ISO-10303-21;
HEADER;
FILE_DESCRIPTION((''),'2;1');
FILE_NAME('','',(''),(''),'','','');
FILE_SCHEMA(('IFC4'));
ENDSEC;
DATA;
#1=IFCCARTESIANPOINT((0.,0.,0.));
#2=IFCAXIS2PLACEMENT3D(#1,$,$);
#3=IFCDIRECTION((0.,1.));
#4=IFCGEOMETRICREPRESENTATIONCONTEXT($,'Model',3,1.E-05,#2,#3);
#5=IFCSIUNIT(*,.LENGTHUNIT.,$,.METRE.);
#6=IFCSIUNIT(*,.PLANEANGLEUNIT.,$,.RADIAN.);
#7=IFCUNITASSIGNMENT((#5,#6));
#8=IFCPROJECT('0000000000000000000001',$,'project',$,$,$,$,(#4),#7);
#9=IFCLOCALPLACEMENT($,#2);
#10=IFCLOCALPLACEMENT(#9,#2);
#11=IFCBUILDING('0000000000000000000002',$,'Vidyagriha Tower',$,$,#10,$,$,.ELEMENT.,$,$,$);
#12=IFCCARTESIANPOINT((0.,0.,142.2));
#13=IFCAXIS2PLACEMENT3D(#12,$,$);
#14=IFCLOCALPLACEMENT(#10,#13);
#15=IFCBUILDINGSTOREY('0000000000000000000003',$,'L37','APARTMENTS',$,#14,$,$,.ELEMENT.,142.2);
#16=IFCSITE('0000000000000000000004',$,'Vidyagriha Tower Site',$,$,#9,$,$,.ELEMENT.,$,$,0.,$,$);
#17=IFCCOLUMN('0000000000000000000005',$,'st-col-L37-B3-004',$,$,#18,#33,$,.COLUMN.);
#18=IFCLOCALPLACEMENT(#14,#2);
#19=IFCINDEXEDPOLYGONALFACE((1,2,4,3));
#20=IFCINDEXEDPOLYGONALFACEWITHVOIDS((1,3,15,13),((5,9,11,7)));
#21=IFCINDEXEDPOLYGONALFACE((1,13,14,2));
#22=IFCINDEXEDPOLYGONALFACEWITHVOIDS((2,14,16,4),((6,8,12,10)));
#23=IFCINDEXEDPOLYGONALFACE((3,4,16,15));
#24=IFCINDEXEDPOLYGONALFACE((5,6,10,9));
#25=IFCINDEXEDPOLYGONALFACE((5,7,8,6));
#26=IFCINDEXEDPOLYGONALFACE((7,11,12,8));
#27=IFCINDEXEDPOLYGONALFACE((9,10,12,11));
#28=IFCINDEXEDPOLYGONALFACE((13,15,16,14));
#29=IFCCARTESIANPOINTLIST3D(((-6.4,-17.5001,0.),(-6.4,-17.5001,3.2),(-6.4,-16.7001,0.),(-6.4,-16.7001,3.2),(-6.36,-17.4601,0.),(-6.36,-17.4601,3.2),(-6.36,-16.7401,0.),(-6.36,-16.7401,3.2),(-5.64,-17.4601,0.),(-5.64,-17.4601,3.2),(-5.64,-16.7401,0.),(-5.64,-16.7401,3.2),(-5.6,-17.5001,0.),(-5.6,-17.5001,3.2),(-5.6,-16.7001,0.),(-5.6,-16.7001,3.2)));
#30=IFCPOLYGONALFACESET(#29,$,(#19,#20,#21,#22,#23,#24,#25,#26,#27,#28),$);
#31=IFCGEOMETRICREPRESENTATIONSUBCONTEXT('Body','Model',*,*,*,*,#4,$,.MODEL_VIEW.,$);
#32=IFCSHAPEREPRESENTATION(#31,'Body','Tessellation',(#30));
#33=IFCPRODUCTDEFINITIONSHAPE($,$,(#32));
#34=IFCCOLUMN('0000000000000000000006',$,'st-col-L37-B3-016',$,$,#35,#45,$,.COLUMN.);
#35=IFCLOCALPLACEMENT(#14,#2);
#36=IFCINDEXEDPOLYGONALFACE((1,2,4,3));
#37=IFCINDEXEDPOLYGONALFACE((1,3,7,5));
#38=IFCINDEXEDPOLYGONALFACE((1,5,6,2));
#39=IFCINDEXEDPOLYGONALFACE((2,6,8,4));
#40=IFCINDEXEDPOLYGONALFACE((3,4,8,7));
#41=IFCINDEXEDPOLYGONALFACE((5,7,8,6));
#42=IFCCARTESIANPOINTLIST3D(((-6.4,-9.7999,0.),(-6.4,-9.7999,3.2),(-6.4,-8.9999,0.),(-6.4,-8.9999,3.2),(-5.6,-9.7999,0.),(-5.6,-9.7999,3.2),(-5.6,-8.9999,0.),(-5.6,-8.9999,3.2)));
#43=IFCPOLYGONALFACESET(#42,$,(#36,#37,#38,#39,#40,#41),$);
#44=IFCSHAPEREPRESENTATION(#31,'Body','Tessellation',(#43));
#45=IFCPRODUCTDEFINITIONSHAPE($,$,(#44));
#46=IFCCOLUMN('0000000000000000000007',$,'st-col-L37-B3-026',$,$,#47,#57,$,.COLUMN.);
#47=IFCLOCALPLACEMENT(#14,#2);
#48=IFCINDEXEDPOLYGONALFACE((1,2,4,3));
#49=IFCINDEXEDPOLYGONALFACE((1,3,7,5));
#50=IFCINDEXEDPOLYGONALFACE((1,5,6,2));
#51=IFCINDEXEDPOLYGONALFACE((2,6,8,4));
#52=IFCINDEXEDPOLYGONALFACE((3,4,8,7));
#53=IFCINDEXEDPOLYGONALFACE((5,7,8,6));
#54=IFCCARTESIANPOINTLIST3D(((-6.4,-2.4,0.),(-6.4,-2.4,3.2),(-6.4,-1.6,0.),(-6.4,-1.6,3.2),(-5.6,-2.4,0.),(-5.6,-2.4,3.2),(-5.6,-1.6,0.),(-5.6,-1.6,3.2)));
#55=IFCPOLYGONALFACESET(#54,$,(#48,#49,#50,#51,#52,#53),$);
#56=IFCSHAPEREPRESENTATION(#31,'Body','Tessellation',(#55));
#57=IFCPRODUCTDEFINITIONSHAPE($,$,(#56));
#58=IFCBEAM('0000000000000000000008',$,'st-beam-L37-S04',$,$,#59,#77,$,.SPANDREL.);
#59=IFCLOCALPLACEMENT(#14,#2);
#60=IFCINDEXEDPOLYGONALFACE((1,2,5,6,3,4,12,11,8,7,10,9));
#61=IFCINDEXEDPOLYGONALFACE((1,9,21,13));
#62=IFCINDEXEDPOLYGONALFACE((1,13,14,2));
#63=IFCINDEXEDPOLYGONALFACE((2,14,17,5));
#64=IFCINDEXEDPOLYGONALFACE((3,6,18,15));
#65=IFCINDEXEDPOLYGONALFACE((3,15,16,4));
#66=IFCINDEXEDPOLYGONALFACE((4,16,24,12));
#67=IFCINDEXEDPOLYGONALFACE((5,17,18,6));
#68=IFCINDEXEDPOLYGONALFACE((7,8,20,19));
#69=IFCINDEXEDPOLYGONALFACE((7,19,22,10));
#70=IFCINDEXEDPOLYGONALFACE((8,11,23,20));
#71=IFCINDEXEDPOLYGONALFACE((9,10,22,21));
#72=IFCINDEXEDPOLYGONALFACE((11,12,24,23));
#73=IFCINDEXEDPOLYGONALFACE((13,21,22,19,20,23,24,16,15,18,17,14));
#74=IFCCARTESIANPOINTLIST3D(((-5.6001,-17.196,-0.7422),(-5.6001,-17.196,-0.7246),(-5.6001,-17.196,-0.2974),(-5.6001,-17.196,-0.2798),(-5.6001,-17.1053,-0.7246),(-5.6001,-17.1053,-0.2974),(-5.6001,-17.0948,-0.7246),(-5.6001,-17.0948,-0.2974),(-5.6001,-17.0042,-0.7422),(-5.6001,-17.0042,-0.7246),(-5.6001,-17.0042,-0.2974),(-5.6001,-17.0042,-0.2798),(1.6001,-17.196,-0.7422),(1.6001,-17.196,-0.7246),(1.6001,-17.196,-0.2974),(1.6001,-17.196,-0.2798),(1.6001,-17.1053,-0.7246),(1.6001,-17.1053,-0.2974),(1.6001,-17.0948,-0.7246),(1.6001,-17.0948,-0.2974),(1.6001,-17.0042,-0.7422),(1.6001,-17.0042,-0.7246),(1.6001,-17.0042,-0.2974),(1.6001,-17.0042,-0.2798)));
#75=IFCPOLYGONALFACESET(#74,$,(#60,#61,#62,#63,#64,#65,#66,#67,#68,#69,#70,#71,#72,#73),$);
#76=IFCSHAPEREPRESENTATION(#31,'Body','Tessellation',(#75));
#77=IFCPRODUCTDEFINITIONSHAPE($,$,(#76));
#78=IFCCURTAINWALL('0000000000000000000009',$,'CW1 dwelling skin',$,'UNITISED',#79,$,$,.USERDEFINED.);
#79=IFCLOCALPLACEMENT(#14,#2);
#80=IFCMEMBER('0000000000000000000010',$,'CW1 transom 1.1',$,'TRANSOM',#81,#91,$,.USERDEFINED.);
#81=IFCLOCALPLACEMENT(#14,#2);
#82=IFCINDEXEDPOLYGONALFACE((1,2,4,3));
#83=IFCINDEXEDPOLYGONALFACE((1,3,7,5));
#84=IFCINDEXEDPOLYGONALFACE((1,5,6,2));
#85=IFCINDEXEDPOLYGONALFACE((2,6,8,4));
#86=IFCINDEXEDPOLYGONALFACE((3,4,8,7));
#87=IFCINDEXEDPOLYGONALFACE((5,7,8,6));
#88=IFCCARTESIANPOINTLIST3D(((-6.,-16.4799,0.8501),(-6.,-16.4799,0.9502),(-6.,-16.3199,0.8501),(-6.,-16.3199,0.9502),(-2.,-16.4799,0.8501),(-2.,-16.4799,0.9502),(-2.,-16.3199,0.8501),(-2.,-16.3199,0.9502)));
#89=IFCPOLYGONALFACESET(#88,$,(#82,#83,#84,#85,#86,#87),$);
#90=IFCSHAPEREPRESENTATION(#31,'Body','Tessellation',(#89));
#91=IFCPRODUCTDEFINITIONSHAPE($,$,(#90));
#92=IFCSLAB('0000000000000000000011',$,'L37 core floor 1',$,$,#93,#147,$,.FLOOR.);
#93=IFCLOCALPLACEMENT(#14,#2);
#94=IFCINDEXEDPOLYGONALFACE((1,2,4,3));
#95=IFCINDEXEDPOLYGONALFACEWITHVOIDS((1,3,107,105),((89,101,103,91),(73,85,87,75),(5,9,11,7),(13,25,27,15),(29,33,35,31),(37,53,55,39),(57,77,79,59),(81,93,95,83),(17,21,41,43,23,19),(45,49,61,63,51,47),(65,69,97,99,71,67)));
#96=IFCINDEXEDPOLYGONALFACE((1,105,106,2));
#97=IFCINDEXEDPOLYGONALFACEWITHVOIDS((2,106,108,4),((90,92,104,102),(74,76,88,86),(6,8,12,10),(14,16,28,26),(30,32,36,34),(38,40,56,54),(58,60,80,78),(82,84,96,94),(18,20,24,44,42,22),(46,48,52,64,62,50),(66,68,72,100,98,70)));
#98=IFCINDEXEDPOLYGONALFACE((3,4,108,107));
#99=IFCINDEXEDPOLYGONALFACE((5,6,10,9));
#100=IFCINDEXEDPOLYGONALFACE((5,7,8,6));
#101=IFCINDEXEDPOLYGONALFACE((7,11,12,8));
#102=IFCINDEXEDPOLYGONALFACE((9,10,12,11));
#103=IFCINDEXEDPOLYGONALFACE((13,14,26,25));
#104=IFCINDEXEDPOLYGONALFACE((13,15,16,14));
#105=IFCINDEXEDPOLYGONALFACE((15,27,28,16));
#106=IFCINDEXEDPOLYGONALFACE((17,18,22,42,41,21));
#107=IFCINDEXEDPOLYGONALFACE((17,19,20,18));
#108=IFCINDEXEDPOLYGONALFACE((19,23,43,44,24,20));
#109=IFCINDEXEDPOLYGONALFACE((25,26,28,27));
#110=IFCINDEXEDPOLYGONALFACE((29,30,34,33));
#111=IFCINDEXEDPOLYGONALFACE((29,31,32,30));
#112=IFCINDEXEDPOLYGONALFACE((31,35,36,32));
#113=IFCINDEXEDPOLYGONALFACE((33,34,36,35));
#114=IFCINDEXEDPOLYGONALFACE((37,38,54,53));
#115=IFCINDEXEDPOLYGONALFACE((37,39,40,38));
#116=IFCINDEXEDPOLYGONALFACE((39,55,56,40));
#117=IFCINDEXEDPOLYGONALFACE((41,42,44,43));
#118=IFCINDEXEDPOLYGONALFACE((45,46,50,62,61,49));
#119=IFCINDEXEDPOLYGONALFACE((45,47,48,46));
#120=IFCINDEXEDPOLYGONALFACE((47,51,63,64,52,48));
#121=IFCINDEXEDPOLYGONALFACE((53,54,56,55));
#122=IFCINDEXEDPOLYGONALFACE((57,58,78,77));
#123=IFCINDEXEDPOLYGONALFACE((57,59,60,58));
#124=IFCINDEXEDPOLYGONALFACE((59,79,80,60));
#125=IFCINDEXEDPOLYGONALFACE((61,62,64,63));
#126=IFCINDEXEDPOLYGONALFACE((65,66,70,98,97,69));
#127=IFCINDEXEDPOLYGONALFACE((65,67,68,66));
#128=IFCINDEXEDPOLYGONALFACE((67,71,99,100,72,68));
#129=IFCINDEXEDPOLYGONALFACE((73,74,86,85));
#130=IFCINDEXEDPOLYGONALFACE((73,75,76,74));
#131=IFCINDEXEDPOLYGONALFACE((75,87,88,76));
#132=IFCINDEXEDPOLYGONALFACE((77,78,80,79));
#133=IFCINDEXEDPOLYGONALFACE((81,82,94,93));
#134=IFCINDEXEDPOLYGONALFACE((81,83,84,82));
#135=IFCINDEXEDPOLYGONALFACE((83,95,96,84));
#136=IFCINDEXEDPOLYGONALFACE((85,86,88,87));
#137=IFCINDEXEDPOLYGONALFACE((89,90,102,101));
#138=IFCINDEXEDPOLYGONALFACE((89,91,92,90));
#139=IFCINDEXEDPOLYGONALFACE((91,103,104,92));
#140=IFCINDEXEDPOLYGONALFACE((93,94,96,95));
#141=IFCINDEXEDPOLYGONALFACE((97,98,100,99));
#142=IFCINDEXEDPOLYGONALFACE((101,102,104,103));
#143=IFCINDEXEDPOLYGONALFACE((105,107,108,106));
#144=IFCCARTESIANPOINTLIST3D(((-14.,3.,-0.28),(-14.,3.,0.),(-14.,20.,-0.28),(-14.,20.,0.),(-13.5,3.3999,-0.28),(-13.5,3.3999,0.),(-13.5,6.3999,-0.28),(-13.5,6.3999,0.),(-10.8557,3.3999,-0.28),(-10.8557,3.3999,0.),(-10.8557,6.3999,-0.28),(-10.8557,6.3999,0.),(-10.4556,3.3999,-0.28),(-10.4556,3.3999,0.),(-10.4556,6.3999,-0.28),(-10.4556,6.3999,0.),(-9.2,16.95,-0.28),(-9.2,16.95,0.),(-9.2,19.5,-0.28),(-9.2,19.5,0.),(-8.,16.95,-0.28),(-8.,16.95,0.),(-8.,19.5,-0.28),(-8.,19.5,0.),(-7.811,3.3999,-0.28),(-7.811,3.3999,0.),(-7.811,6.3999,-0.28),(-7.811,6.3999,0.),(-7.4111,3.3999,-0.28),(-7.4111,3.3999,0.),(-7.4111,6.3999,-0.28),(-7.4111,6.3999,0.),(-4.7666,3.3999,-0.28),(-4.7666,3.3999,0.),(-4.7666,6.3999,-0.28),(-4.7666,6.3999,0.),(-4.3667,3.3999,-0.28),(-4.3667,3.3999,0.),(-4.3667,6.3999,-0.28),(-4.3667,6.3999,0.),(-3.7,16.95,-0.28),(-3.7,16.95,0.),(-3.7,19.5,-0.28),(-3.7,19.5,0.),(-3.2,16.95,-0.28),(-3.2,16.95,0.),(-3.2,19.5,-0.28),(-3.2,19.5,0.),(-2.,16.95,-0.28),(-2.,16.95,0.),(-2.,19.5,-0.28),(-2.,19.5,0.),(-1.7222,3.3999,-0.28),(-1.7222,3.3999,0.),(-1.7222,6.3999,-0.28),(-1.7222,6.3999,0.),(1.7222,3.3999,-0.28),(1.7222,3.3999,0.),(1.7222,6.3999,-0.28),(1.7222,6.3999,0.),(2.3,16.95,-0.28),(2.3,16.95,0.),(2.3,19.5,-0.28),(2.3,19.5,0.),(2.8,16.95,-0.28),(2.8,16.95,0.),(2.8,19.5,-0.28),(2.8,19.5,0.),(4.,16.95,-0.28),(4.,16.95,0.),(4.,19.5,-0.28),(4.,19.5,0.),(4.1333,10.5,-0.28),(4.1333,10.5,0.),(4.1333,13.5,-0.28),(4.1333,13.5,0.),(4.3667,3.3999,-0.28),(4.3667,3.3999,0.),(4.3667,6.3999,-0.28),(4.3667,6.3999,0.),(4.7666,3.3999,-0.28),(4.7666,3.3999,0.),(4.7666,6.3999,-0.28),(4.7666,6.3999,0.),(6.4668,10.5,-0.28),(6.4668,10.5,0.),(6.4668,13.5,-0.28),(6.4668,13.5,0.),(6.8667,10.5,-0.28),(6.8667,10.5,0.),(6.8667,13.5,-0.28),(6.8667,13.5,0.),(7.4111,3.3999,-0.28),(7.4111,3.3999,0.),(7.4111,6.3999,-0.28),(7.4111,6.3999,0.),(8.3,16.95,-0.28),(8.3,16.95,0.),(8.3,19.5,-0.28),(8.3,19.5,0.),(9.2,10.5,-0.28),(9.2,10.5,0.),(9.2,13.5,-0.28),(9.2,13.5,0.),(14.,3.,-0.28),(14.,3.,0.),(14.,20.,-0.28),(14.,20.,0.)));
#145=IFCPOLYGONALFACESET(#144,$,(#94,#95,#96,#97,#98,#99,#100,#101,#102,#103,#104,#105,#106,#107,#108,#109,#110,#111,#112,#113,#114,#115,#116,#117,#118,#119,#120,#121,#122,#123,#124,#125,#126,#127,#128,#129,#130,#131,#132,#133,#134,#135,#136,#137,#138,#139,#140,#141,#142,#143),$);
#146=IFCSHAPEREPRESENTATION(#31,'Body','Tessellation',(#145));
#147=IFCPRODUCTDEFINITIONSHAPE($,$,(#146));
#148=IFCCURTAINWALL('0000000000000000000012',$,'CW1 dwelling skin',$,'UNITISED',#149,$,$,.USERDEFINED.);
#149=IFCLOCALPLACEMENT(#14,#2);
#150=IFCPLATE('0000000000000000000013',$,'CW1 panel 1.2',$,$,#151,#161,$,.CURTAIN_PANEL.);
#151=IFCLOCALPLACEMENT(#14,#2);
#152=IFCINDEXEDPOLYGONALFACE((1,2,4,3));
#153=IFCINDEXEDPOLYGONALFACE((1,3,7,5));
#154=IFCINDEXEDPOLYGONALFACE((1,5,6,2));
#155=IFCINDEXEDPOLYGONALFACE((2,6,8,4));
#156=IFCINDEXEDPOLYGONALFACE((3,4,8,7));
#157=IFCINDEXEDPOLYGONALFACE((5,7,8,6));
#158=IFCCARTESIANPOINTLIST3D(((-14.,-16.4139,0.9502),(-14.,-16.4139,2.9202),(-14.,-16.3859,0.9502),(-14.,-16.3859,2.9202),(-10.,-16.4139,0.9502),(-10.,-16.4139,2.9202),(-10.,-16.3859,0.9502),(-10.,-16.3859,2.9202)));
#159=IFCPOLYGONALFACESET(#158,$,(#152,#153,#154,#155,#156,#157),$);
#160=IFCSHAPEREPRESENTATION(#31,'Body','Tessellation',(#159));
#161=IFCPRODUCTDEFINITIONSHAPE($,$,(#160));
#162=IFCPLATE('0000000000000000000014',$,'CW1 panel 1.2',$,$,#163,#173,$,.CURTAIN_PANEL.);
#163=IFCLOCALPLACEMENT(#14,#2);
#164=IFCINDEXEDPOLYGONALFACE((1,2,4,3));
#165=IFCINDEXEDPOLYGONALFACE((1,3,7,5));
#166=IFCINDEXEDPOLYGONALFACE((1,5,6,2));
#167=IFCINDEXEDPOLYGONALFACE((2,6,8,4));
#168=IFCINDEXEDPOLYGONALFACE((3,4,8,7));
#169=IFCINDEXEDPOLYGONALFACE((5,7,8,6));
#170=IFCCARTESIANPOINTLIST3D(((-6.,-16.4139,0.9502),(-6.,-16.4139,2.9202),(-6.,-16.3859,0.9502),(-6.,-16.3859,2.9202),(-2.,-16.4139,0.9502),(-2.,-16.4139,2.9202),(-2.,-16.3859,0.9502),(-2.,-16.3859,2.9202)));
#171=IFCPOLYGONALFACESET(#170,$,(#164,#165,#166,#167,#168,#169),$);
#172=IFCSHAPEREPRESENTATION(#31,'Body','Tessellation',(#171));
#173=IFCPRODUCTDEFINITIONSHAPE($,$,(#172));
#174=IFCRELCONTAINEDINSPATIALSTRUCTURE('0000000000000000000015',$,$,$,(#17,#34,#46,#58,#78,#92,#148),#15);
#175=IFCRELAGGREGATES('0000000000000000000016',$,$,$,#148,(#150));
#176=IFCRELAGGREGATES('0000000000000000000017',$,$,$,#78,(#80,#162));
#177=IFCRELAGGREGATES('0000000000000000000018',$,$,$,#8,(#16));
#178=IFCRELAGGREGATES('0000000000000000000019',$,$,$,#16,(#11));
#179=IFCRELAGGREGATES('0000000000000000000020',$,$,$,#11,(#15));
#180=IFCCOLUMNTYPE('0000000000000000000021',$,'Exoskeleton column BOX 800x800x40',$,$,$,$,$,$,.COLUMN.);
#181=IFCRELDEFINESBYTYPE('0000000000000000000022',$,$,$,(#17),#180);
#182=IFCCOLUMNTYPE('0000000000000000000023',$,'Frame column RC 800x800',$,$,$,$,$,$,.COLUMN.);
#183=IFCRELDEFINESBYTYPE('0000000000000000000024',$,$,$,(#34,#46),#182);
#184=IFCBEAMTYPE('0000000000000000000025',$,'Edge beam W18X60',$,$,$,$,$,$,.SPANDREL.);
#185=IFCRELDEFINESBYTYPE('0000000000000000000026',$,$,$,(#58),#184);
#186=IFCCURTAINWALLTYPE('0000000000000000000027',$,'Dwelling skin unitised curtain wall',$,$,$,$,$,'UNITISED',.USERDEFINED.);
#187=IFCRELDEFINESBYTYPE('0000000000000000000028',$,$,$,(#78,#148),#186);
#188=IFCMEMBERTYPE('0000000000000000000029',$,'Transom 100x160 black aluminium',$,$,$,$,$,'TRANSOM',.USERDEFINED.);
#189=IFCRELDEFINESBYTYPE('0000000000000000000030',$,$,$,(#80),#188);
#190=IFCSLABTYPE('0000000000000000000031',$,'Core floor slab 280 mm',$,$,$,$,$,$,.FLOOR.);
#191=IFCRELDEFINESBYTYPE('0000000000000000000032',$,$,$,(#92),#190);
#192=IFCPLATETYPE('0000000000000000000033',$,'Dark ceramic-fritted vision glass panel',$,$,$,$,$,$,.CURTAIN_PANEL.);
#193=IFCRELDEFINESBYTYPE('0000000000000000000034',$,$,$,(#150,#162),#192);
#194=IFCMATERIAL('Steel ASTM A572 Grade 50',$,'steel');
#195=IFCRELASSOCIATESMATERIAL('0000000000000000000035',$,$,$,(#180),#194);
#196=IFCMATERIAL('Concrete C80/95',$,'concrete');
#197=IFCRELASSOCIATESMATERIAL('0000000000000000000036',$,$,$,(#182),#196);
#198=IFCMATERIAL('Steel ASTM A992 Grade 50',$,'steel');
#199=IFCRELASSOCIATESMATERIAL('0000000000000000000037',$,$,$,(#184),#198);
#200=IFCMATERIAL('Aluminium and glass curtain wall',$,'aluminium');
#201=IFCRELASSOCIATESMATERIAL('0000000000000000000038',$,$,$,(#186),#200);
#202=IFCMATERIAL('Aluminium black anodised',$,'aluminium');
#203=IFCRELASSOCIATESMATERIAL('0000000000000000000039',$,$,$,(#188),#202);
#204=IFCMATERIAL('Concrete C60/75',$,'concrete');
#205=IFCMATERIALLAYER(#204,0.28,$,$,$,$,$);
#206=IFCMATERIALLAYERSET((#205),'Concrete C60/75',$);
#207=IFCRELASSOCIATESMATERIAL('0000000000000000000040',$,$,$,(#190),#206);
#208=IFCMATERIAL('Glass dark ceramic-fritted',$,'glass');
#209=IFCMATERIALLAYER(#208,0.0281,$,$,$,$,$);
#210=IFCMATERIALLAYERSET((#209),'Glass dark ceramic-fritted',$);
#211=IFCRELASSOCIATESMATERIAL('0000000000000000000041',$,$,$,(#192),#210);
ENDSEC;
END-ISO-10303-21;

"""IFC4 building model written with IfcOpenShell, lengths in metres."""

from ifc_helpers import new_model, si_unit, direction, frame, origin, origin_2d, place, context, subcontext, project, spatial, polyline, rectangle, hollow_rectangle, i_section, outline, extrude, material, layer, layer_set, material_profile, profile_set, type_object, element, aggregate, save


model = new_model("IFC4")

# Units and contexts
model_context = context("Model", 3, precision=1e-05, world=origin(), true_north=direction((0.0, 1.0)))
body_context = subcontext(model_context, "Body", "Model", "MODEL_VIEW")
ifc_project = project(units=[si_unit("LENGTHUNIT", "METRE"), si_unit("PLANEANGLEUNIT", "RADIAN")], contexts=[model_context])

# Site, building, storey
site_placement = place(None, origin())
site = spatial("IfcSite", under=ifc_project, at=site_placement, Name="Vidyagriha Tower Site", CompositionType="ELEMENT", RefElevation=0.0)
building_placement = place(site_placement, origin())
building = spatial("IfcBuilding", under=site, at=building_placement, Name="Vidyagriha Tower", CompositionType="ELEMENT")
storey_placement = place(building_placement, frame((0.0, 0.0, 142.2)))
storey = spatial("IfcBuildingStorey", under=building, at=storey_placement, Name="L37", Description="APARTMENTS", CompositionType="ELEMENT", Elevation=142.2)

# Columns
ifc_material_1 = material(Name="Steel ASTM A572 Grade 50", Category="steel")
ifc_material_profile_1 = material_profile(ifc_material_1, hollow_rectangle(XDim=0.8, YDim=0.8, WallThickness=0.04, at=origin_2d()), Name="BOX 800x800x40")
ifc_profile_set_1 = profile_set([ifc_material_profile_1], Name="Steel ASTM A572 Grade 50")
column_type_1 = type_object("IfcColumnType", Name="Exoskeleton column BOX 800x800x40", PredefinedType="COLUMN", material=ifc_profile_set_1)
column_placement = place(storey_placement, frame((-6.0, -17.1001, 0.0)))
element("IfcColumn", 1, at=column_placement, inside=storey, type_object=column_type_1, Name="st-col-L37-B3-004", PredefinedType="COLUMN", context=body_context, shape_type="SweptSolid", body=[
    extrude(hollow_rectangle(XDim=0.8, YDim=0.8, WallThickness=0.04, at=origin_2d()), origin(), (0.0, 0.0, 1.0), 3.2),
])
ifc_material_2 = material(Name="Concrete C80/95", Category="concrete")
ifc_material_profile_2 = material_profile(ifc_material_2, rectangle(XDim=0.8, YDim=0.8, at=origin_2d()), Name="RC 800x800")
ifc_profile_set_2 = profile_set([ifc_material_profile_2], Name="Concrete C80/95")
column_type_2 = type_object("IfcColumnType", Name="Frame column RC 800x800", PredefinedType="COLUMN", material=ifc_profile_set_2)
for number, where, name in (
    (2, (-6.0, -9.3999, 0.0), "st-col-L37-B3-016"),
    (3, (-6.0, -2.0, 0.0), "st-col-L37-B3-026"),
):
    element("IfcColumn", number, at=place(storey_placement, frame(where)), inside=storey, type_object=column_type_2, Name=name, PredefinedType="COLUMN", context=body_context, shape_type="SweptSolid", body=[
        extrude(rectangle(XDim=0.8, YDim=0.8, at=origin_2d()), origin(), (0.0, 0.0, 1.0), 3.2),
    ])

# Beam
ifc_material_3 = material(Name="Steel ASTM A992 Grade 50", Category="steel")
ifc_material_profile_3 = material_profile(ifc_material_3, i_section(OverallWidth=0.1919, OverallDepth=0.4624, WebThickness=0.0105, FlangeThickness=0.0176, at=origin_2d()), Name="W18X60")
ifc_profile_set_3 = profile_set([ifc_material_profile_3], Name="Steel ASTM A992 Grade 50")
beam_type = type_object("IfcBeamType", Name="Edge beam W18X60", PredefinedType="SPANDREL", material=ifc_profile_set_3)
beam_placement = place(storey_placement, frame((-5.6001, -17.1001, -0.511), z_axis=(1.0, 0.0, 0.0), x_axis=(0.0, 1.0, 0.0)))
element("IfcBeam", 4, at=beam_placement, inside=storey, type_object=beam_type, Name="st-beam-L37-S04", PredefinedType="SPANDREL", context=body_context, shape_type="SweptSolid", body=[
    extrude(i_section(OverallWidth=0.1919, OverallDepth=0.4624, WebThickness=0.0105, FlangeThickness=0.0176, at=origin_2d()), origin(), (0.0, 0.0, 1.0), 7.2002),
])

# Curtain wall, member
ifc_material_4 = material(Name="Aluminium and glass curtain wall", Category="aluminium")
curtain_wall_type = type_object("IfcCurtainWallType", Name="Dwelling skin unitised curtain wall", ElementType="UNITISED", PredefinedType="USERDEFINED", material=ifc_material_4)
curtain_wall_1_placement = place(storey_placement, origin())
curtain_wall_1 = element("IfcCurtainWall", 5, at=curtain_wall_1_placement, inside=storey, type_object=curtain_wall_type, Name="CW1 dwelling skin", ObjectType="UNITISED", PredefinedType="USERDEFINED")
ifc_material_5 = material(Name="Aluminium black anodised", Category="aluminium")
ifc_material_profile_4 = material_profile(ifc_material_5, rectangle(XDim=0.1599, YDim=0.1001, at=origin_2d()), Name="Transom 100x160 black aluminium")
ifc_profile_set_4 = profile_set([ifc_material_profile_4], Name="Aluminium black anodised")
member_type = type_object("IfcMemberType", Name="Transom 100x160 black aluminium", ElementType="TRANSOM", PredefinedType="USERDEFINED", material=ifc_profile_set_4)
member_placement = place(storey_placement, frame((-6.0, -16.3999, 0.9001), z_axis=(1.0, 0.0, 0.0), x_axis=(0.0, 1.0, 0.0)))
member = element("IfcMember", 6, at=member_placement, type_object=member_type, Name="CW1 transom 1.1", ObjectType="TRANSOM", PredefinedType="USERDEFINED", context=body_context, shape_type="SweptSolid", body=[
    extrude(rectangle(XDim=0.1599, YDim=0.1001, at=origin_2d()), origin(), (0.0, 0.0, 1.0), 4.0),
])

# Slab
ifc_material_6 = material(Name="Concrete C60/75", Category="concrete")
ifc_layer_1 = layer(ifc_material_6, 0.28)
ifc_layer_set_1 = layer_set([ifc_layer_1], Name="Concrete C60/75")
slab_type_1 = type_object("IfcSlabType", Name="Core floor slab 280 mm", PredefinedType="FLOOR", material=ifc_layer_set_1)
slab_1_placement = place(storey_placement, frame((0.0, 0.0, -0.28)))
element("IfcSlab", 7, at=slab_1_placement, inside=storey, type_object=slab_type_1, Name="L37 core floor 1", PredefinedType="FLOOR", context=body_context, shape_type="SweptSolid", body=[
    extrude(outline(polyline([(-14.0, 3.0), (-14.0, 20.0), (14.0, 20.0), (14.0, 3.0), (-14.0, 3.0)]), holes=[polyline([(9.2, 13.5), (6.8667, 13.5), (6.8667, 10.5), (9.2, 10.5), (9.2, 13.5)]), polyline([(4.0, 19.5), (2.8, 19.5), (2.8, 16.95), (4.0, 16.95), (8.3, 16.95), (8.3, 19.5), (4.0, 19.5)]), polyline([(7.4111, 6.3999), (4.7666, 6.3999), (4.7666, 3.3999), (7.4111, 3.3999), (7.4111, 6.3999)]), polyline([(6.4668, 13.5), (4.1333, 13.5), (4.1333, 10.5), (6.4668, 10.5), (6.4668, 13.5)]), polyline([(1.7222, 6.3999), (1.7222, 3.3999), (4.3667, 3.3999), (4.3667, 6.3999), (1.7222, 6.3999)]), polyline([(-2.0, 16.95), (2.3, 16.95), (2.3, 19.5), (-2.0, 19.5), (-3.2, 19.5), (-3.2, 16.95), (-2.0, 16.95)]), polyline([(-1.7222, 6.3999), (-4.3667, 6.3999), (-4.3667, 3.3999), (-1.7222, 3.3999), (-1.7222, 6.3999)]), polyline([(-8.0, 19.5), (-9.2, 19.5), (-9.2, 16.95), (-8.0, 16.95), (-3.7, 16.95), (-3.7, 19.5), (-8.0, 19.5)]), polyline([(-4.7666, 6.3999), (-7.4111, 6.3999), (-7.4111, 3.3999), (-4.7666, 3.3999), (-4.7666, 6.3999)]), polyline([(-7.811, 6.3999), (-10.4556, 6.3999), (-10.4556, 3.3999), (-7.811, 3.3999), (-7.811, 6.3999)]), polyline([(-13.5, 6.3999), (-13.5, 3.3999), (-10.8557, 3.3999), (-10.8557, 6.3999), (-13.5, 6.3999)])]), origin(), (0.0, 0.0, 1.0), 0.28),
])

# Curtain wall, plate
curtain_wall_2_placement = place(storey_placement, origin())
curtain_wall_2 = element("IfcCurtainWall", 8, at=curtain_wall_2_placement, inside=storey, type_object=curtain_wall_type, Name="CW1 dwelling skin", ObjectType="UNITISED", PredefinedType="USERDEFINED")
ifc_material_7 = material(Name="Glass dark ceramic-fritted", Category="glass")
ifc_layer_2 = layer(ifc_material_7, 0.0281)
ifc_layer_set_2 = layer_set([ifc_layer_2], Name="Glass dark ceramic-fritted")
plate_type_1 = type_object("IfcPlateType", Name="Dark ceramic-fritted vision glass panel", PredefinedType="CURTAIN_PANEL", material=ifc_layer_set_2)
plate_1_placement = place(storey_placement, frame((-12.0, -16.3999, 0.9502)))
plate_1 = element("IfcPlate", 9, at=plate_1_placement, type_object=plate_type_1, Name="CW1 panel 1.2", PredefinedType="CURTAIN_PANEL", context=body_context, shape_type="SweptSolid", body=[
    extrude(rectangle(XDim=4.0, YDim=0.0281, at=origin_2d()), origin(), (0.0, 0.0, 1.0), 1.97),
])
aggregate(curtain_wall_2, [plate_1])

# Plate
plate_2_placement = place(storey_placement, frame((-4.0, -16.3999, 0.9502)))
plate_2 = element("IfcPlate", 10, at=plate_2_placement, type_object=plate_type_1, Name="CW1 panel 1.2", PredefinedType="CURTAIN_PANEL", context=body_context, shape_type="SweptSolid", body=[
    extrude(rectangle(XDim=4.0, YDim=0.0281, at=origin_2d()), origin(), (0.0, 0.0, 1.0), 1.97),
])
aggregate(curtain_wall_1, [member, plate_2])

save(model, "model.ifc")
